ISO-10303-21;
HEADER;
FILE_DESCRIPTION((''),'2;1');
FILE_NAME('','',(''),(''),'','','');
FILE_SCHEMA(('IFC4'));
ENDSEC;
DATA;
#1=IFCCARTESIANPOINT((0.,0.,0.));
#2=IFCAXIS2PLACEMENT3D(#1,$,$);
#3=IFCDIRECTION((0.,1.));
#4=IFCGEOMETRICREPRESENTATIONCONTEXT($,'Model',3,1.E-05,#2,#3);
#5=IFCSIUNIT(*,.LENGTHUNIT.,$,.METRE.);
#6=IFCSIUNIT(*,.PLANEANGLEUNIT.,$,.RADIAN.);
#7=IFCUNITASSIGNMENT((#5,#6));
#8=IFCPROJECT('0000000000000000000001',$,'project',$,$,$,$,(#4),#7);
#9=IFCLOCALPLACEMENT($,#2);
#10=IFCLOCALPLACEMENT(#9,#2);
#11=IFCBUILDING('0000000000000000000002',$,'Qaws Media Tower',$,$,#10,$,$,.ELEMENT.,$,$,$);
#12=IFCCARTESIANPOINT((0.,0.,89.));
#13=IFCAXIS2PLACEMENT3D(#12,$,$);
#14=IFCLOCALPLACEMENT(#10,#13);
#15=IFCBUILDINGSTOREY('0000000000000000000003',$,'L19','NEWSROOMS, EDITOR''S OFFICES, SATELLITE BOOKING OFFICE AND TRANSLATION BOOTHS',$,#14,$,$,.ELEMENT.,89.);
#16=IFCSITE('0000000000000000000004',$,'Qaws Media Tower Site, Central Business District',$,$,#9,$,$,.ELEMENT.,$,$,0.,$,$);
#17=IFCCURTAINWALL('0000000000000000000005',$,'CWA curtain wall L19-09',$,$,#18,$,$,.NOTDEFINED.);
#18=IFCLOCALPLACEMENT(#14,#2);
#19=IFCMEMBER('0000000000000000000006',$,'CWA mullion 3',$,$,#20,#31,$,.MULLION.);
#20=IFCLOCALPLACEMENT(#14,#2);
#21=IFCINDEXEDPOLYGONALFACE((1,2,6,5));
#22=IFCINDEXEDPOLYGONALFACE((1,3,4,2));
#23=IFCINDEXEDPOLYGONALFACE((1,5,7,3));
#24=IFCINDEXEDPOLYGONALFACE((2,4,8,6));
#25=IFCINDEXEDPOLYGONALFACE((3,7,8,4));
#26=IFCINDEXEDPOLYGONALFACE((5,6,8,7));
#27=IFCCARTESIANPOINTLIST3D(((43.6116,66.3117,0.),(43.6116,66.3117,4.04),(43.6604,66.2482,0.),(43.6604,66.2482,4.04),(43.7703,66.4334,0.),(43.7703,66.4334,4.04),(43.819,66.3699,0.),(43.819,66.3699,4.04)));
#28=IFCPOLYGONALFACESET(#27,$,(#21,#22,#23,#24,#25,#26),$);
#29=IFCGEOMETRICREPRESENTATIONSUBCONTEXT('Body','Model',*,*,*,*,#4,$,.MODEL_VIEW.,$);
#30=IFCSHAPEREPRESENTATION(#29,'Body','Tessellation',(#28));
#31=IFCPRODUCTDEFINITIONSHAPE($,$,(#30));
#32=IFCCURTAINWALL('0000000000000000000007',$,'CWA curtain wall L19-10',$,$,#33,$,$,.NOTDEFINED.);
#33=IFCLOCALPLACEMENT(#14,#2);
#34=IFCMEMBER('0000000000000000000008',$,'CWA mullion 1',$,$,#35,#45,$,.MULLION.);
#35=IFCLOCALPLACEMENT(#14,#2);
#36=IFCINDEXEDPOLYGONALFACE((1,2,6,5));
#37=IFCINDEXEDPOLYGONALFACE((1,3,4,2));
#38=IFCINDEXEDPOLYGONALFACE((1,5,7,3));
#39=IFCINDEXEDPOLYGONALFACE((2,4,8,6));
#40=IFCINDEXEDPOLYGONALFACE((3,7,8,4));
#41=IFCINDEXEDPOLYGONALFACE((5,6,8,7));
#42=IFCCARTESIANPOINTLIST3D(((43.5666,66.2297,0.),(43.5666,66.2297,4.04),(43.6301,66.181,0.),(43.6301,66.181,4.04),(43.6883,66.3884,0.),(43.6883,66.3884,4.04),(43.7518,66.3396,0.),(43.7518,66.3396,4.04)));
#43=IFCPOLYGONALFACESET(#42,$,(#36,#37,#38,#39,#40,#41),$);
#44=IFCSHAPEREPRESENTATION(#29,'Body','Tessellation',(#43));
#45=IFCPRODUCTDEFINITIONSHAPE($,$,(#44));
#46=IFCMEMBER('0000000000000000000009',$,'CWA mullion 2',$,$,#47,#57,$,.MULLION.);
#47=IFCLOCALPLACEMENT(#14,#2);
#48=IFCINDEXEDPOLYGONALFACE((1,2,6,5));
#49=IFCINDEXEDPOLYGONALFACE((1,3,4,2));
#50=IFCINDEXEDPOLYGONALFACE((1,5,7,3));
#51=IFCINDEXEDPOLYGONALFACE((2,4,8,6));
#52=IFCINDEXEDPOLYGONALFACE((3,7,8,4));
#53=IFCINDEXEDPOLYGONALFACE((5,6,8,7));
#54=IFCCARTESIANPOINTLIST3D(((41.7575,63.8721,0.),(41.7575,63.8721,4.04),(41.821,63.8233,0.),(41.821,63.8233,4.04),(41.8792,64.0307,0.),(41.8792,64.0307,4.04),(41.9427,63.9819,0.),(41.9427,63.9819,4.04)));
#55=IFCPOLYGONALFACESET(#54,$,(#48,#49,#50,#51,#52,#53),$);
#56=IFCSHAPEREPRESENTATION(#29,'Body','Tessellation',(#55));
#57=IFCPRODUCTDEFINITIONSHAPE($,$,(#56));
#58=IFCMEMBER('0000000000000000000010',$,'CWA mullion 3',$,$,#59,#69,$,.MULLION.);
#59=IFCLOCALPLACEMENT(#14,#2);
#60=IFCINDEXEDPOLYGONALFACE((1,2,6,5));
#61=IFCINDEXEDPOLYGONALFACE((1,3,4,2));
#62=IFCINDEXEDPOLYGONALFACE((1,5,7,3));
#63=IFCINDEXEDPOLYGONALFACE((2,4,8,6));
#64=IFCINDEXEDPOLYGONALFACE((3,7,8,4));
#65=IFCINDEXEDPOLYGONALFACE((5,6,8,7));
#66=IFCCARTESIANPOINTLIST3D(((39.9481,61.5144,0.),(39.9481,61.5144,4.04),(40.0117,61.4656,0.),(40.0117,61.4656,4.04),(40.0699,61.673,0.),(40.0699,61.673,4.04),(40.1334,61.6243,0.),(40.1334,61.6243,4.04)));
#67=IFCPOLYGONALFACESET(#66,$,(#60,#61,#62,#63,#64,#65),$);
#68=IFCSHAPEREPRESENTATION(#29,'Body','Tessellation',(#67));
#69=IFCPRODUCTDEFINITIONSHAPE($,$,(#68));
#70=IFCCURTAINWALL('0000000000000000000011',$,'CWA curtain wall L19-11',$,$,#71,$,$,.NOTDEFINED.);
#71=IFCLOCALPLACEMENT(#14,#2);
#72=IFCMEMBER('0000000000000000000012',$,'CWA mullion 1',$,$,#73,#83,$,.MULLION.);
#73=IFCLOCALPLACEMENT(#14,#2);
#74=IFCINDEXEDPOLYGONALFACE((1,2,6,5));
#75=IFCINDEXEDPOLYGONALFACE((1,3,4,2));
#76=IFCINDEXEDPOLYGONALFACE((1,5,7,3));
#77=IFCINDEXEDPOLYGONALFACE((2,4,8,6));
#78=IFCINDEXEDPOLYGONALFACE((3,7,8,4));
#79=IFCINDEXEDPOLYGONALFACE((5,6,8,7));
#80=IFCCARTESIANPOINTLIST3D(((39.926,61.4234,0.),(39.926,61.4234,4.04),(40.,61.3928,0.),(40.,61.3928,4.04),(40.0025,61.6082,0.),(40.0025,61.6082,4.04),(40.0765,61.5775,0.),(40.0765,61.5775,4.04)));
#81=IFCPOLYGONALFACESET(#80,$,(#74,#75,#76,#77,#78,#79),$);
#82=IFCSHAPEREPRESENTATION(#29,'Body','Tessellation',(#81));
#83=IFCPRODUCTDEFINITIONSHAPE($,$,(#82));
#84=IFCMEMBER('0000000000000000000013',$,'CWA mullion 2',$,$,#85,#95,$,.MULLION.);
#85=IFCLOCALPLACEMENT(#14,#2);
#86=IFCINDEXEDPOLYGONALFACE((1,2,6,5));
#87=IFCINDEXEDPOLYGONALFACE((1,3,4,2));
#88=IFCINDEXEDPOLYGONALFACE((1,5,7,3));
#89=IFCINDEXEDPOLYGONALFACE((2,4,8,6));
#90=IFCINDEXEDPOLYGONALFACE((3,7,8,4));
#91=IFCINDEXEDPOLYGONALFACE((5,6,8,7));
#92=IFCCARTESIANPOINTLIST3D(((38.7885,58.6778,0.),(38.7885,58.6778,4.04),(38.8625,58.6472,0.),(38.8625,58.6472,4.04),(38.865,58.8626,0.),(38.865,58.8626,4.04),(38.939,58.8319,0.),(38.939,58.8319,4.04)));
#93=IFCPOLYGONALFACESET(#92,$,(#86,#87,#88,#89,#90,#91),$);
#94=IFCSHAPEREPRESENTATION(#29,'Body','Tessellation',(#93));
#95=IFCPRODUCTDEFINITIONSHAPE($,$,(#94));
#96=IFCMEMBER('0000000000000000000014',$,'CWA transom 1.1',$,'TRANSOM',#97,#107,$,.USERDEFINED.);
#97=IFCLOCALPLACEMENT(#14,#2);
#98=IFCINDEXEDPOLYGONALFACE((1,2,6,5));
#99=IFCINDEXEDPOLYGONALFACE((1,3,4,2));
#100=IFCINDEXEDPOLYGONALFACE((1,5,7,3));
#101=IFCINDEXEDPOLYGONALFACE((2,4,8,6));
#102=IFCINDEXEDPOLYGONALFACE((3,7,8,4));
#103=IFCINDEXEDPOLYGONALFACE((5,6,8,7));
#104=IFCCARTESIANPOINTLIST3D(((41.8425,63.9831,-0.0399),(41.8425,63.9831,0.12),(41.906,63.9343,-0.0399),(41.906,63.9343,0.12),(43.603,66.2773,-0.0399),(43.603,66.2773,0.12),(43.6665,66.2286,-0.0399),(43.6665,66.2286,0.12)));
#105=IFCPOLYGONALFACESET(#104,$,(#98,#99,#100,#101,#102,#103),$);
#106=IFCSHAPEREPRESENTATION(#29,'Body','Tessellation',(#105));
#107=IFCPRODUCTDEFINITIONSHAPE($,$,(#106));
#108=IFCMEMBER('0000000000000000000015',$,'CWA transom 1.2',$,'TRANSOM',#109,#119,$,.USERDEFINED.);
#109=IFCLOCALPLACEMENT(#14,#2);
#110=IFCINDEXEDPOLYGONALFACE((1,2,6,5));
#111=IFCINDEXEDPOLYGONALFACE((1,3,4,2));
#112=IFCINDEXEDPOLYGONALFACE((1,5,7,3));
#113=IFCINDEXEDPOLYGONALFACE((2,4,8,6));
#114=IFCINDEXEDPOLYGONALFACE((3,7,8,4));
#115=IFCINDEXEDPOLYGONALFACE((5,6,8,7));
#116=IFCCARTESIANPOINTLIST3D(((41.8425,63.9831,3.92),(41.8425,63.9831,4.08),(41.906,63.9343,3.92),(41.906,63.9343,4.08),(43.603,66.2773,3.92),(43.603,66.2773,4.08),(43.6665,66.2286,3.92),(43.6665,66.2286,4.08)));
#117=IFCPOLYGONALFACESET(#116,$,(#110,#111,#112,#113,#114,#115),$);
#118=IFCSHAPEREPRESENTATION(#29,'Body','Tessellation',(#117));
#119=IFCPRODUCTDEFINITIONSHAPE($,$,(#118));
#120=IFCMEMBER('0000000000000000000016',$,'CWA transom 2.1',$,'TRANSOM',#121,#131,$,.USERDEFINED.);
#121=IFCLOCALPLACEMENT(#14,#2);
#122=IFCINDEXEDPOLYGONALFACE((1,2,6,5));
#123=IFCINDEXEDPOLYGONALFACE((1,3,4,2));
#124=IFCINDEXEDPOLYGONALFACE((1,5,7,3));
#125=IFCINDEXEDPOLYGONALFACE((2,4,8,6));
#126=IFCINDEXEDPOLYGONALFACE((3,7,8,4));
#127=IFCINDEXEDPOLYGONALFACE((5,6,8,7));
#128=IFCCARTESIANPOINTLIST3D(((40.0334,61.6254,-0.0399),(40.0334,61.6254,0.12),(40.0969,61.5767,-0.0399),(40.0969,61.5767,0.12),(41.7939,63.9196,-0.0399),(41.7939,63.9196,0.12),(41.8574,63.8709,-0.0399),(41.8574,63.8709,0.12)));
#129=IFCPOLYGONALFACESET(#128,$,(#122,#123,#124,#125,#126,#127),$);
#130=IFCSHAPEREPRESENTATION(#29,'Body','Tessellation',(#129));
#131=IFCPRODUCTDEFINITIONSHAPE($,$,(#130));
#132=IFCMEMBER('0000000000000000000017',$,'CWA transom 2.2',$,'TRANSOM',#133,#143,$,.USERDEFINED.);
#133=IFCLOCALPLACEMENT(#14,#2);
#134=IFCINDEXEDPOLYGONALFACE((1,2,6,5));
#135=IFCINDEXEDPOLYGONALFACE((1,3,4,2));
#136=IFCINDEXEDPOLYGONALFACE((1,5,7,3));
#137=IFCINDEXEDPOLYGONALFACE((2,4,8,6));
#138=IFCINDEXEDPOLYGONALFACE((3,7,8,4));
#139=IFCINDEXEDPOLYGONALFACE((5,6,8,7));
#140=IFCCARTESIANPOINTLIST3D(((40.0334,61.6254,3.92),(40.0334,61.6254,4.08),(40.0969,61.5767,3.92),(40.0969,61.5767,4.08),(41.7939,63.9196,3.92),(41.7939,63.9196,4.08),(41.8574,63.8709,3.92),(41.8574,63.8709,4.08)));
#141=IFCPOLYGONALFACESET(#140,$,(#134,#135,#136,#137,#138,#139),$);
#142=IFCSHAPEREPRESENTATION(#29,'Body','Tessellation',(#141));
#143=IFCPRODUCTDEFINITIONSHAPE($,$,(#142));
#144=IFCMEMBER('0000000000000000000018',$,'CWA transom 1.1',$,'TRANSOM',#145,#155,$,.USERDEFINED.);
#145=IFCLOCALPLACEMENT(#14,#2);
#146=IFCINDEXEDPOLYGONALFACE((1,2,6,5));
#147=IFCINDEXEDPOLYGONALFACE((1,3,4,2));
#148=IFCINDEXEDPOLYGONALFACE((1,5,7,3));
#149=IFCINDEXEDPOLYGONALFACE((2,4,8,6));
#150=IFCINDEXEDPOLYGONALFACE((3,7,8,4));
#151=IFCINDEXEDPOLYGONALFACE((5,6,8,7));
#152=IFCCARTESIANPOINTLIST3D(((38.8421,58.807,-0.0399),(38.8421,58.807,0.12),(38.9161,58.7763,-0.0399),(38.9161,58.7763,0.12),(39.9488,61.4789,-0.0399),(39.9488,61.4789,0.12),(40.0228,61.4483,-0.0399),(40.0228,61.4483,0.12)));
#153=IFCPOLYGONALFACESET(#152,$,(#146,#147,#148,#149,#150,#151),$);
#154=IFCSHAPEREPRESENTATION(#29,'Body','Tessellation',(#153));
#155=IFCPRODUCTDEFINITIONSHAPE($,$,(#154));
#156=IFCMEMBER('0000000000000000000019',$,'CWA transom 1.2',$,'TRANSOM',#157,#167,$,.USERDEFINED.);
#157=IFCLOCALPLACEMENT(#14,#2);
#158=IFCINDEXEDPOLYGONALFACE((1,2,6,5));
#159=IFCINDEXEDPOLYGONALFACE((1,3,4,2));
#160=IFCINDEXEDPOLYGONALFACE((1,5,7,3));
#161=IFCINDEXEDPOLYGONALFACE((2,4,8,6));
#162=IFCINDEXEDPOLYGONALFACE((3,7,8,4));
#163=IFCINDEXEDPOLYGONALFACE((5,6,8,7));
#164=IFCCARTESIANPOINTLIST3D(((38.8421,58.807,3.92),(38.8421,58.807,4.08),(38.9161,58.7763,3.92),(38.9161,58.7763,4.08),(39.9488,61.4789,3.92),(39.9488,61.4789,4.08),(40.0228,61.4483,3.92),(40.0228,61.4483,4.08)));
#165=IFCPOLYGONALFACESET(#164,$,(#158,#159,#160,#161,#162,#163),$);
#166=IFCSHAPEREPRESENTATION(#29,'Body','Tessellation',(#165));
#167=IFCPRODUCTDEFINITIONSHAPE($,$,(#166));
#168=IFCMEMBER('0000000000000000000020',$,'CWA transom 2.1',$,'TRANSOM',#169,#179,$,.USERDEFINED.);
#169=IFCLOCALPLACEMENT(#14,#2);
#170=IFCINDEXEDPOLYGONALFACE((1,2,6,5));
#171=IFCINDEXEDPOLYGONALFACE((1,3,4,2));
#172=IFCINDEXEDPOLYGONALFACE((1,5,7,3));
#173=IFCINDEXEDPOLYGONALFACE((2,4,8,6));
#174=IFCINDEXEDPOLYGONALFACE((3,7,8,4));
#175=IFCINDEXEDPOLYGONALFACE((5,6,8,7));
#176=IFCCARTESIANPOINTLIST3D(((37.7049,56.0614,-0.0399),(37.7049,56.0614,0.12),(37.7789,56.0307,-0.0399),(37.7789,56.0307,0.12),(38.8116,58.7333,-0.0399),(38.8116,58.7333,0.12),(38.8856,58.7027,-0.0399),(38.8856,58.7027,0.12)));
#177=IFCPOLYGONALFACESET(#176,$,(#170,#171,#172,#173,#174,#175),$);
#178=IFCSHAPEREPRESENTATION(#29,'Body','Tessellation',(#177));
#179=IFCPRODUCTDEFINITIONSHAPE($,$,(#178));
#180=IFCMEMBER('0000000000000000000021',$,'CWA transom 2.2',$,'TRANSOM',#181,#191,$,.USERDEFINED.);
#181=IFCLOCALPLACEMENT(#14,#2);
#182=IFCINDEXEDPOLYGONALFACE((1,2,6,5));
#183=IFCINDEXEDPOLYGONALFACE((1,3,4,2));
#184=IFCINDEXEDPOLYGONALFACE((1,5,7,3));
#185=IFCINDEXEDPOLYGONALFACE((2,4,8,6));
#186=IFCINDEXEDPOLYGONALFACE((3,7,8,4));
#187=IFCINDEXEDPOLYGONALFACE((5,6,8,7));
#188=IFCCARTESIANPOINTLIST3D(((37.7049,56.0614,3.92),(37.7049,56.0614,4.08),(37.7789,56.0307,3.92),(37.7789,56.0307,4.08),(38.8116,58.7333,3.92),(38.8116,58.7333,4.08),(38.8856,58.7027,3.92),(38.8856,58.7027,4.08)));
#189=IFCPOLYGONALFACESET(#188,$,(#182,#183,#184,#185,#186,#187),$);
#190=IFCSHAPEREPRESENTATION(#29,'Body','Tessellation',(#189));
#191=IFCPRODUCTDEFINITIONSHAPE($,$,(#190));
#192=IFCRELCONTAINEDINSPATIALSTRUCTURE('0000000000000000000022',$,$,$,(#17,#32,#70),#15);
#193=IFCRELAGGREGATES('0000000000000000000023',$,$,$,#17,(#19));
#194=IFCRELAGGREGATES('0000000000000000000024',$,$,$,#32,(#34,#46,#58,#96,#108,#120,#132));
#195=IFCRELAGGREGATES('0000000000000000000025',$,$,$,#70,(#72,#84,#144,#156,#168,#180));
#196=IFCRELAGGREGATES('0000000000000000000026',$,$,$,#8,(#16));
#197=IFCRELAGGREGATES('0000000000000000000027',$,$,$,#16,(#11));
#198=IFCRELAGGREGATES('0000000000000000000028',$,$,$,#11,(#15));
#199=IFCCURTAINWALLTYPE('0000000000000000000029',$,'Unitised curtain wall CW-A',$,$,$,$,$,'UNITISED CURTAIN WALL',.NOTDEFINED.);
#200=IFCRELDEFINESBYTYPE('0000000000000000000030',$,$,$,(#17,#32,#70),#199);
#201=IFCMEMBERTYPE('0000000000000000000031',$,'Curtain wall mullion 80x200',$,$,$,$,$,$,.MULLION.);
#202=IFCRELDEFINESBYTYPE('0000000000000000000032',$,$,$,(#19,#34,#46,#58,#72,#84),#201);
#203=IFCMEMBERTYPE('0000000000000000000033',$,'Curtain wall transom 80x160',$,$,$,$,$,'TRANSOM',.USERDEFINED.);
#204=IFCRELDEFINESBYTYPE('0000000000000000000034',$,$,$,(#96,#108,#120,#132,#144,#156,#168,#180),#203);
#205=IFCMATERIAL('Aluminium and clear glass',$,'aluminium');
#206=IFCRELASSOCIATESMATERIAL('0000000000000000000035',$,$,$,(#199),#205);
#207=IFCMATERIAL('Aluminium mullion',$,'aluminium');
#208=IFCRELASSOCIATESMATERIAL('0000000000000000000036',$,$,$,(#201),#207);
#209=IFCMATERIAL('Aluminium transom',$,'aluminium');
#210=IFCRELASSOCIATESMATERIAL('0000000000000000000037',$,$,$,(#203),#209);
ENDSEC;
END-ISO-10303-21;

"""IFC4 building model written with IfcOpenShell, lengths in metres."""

from ifc_helpers import new_model, si_unit, direction, frame, origin, origin_2d, place, context, subcontext, project, spatial, rectangle, extrude, material, material_profile, profile_set, type_object, element, aggregate, save


model = new_model("IFC4")

# Units and contexts
model_context = context("Model", 3, precision=1e-05, world=origin(), true_north=direction((0.0, 1.0)))
body_context = subcontext(model_context, "Body", "Model", "MODEL_VIEW")
ifc_project = project(units=[si_unit("LENGTHUNIT", "METRE"), si_unit("PLANEANGLEUNIT", "RADIAN")], contexts=[model_context])

# Site, building, storey
site_placement = place(None, origin())
site = spatial("IfcSite", under=ifc_project, at=site_placement, Name="Qaws Media Tower Site, Central Business District", CompositionType="ELEMENT", RefElevation=0.0)
building_placement = place(site_placement, origin())
building = spatial("IfcBuilding", under=site, at=building_placement, Name="Qaws Media Tower", CompositionType="ELEMENT")
storey_placement = place(building_placement, frame((0.0, 0.0, 89.0)))
storey = spatial("IfcBuildingStorey", under=building, at=storey_placement, Name="L19", Description="NEWSROOMS, EDITOR'S OFFICES, SATELLITE BOOKING OFFICE AND TRANSLATION BOOTHS", CompositionType="ELEMENT", Elevation=89.0)

# Curtain wall, member
ifc_material_1 = material(Name="Aluminium and clear glass", Category="aluminium")
curtain_wall_type = type_object("IfcCurtainWallType", Name="Unitised curtain wall CW-A", ElementType="UNITISED CURTAIN WALL", PredefinedType="NOTDEFINED", material=ifc_material_1)
curtain_wall_1_placement = place(storey_placement, origin())
curtain_wall_1 = element("IfcCurtainWall", 1, at=curtain_wall_1_placement, inside=storey, type_object=curtain_wall_type, Name="CWA curtain wall L19-09", PredefinedType="NOTDEFINED")
ifc_material_2 = material(Name="Aluminium mullion", Category="aluminium")
ifc_material_profile_1 = material_profile(ifc_material_2, rectangle(XDim=0.0801, YDim=0.2, at=origin_2d()), Name="80x200")
ifc_profile_set_1 = profile_set([ifc_material_profile_1], Name="Aluminium mullion")
member_type_1 = type_object("IfcMemberType", Name="Curtain wall mullion 80x200", PredefinedType="MULLION", material=ifc_profile_set_1)
member_1_placement = place(storey_placement, frame((43.7153, 66.3408, 0.0), z_axis=(0.0, 0.0, 1.0), x_axis=(0.608761, -0.793353, 0.0)))
member_1 = element("IfcMember", 2, at=member_1_placement, type_object=member_type_1, Name="CWA mullion 3", PredefinedType="MULLION", context=body_context, shape_type="SweptSolid", body=[
    extrude(rectangle(XDim=0.0801, YDim=0.2, at=origin_2d()), origin(), (0.0, 0.0, 1.0), 4.04),
])

# Curtain walls, members
curtain_wall_2_placement = place(storey_placement, origin())
curtain_wall_2 = element("IfcCurtainWall", 3, at=curtain_wall_2_placement, inside=storey, type_object=curtain_wall_type, Name="CWA curtain wall L19-10", PredefinedType="NOTDEFINED")
member_2_placement = place(storey_placement, frame((43.6592, 66.2847, 0.0), z_axis=(0.0, 0.0, 1.0), x_axis=(0.793353, -0.608761, 0.0)))
member_2 = element("IfcMember", 4, at=member_2_placement, type_object=member_type_1, Name="CWA mullion 1", PredefinedType="MULLION", context=body_context, shape_type="SweptSolid", body=[
    extrude(rectangle(XDim=0.0801, YDim=0.2, at=origin_2d()), origin(), (0.0, 0.0, 1.0), 4.04),
])
member_3_placement = place(storey_placement, frame((41.8501, 63.927, 0.0), z_axis=(0.0, 0.0, 1.0), x_axis=(0.793353, -0.608761, 0.0)))
member_3 = element("IfcMember", 5, at=member_3_placement, type_object=member_type_1, Name="CWA mullion 2", PredefinedType="MULLION", context=body_context, shape_type="SweptSolid", body=[
    extrude(rectangle(XDim=0.0801, YDim=0.2, at=origin_2d()), origin(), (0.0, 0.0, 1.0), 4.04),
])
member_4_placement = place(storey_placement, frame((40.0408, 61.5693, 0.0), z_axis=(0.0, 0.0, 1.0), x_axis=(0.793353, -0.608761, 0.0)))
member_4 = element("IfcMember", 6, at=member_4_placement, type_object=member_type_1, Name="CWA mullion 3", PredefinedType="MULLION", context=body_context, shape_type="SweptSolid", body=[
    extrude(rectangle(XDim=0.0801, YDim=0.2, at=origin_2d()), origin(), (0.0, 0.0, 1.0), 4.04),
])
curtain_wall_3_placement = place(storey_placement, origin())
curtain_wall_3 = element("IfcCurtainWall", 7, at=curtain_wall_3_placement, inside=storey, type_object=curtain_wall_type, Name="CWA curtain wall L19-11", PredefinedType="NOTDEFINED")
member_5_placement = place(storey_placement, frame((40.0012, 61.5005, 0.0), z_axis=(0.0, 0.0, 1.0), x_axis=(0.92388, -0.382683, 0.0)))
member_5 = element("IfcMember", 8, at=member_5_placement, type_object=member_type_1, Name="CWA mullion 1", PredefinedType="MULLION", context=body_context, shape_type="SweptSolid", body=[
    extrude(rectangle(XDim=0.0801, YDim=0.2, at=origin_2d()), origin(), (0.0, 0.0, 1.0), 4.04),
])
member_6_placement = place(storey_placement, frame((38.8638, 58.7549, 0.0), z_axis=(0.0, 0.0, 1.0), x_axis=(0.92388, -0.382683, 0.0)))
member_6 = element("IfcMember", 9, at=member_6_placement, type_object=member_type_1, Name="CWA mullion 2", PredefinedType="MULLION", context=body_context, shape_type="SweptSolid", body=[
    extrude(rectangle(XDim=0.0801, YDim=0.2, at=origin_2d()), origin(), (0.0, 0.0, 1.0), 4.04),
])

# Members
ifc_material_3 = material(Name="Aluminium transom", Category="aluminium")
ifc_material_profile_2 = material_profile(ifc_material_3, rectangle(XDim=0.0801, YDim=0.1599, at=origin_2d()), Name="80x160")
ifc_profile_set_2 = profile_set([ifc_material_profile_2], Name="Aluminium transom")
member_type_2 = type_object("IfcMemberType", Name="Curtain wall transom 80x160", ElementType="TRANSOM", PredefinedType="USERDEFINED", material=ifc_profile_set_2)
member_7_placement = place(storey_placement, frame((43.6348, 66.2529, 0.04), z_axis=(-0.608784, -0.793336, 0.0), x_axis=(0.793336, -0.608784, 0.0)))
member_7 = element("IfcMember", 10, at=member_7_placement, type_object=member_type_2, Name="CWA transom 1.1", ObjectType="TRANSOM", PredefinedType="USERDEFINED", context=body_context, shape_type="SweptSolid", body=[
    extrude(rectangle(XDim=0.0801, YDim=0.1599, at=origin_2d()), origin(), (0.0, 0.0, 1.0), 2.8918),
])
member_8_placement = place(storey_placement, frame((43.6348, 66.2529, 4.0), z_axis=(-0.608784, -0.793336, 0.0), x_axis=(0.793336, -0.608784, 0.0)))
member_8 = element("IfcMember", 11, at=member_8_placement, type_object=member_type_2, Name="CWA transom 1.2", ObjectType="TRANSOM", PredefinedType="USERDEFINED", context=body_context, shape_type="SweptSolid", body=[
    extrude(rectangle(XDim=0.0801, YDim=0.1599, at=origin_2d()), origin(), (0.0, 0.0, 1.0), 2.8918),
])
member_9_placement = place(storey_placement, frame((41.8257, 63.8953, 0.04), z_axis=(-0.608784, -0.793336, 0.0), x_axis=(0.793336, -0.608784, 0.0)))
member_9 = element("IfcMember", 12, at=member_9_placement, type_object=member_type_2, Name="CWA transom 2.1", ObjectType="TRANSOM", PredefinedType="USERDEFINED", context=body_context, shape_type="SweptSolid", body=[
    extrude(rectangle(XDim=0.0801, YDim=0.1599, at=origin_2d()), origin(), (0.0, 0.0, 1.0), 2.8918),
])
member_10_placement = place(storey_placement, frame((41.8257, 63.8953, 4.0), z_axis=(-0.608784, -0.793336, 0.0), x_axis=(0.793336, -0.608784, 0.0)))
member_10 = element("IfcMember", 13, at=member_10_placement, type_object=member_type_2, Name="CWA transom 2.2", ObjectType="TRANSOM", PredefinedType="USERDEFINED", context=body_context, shape_type="SweptSolid", body=[
    extrude(rectangle(XDim=0.0801, YDim=0.1599, at=origin_2d()), origin(), (0.0, 0.0, 1.0), 2.8918),
])
member_11_placement = place(storey_placement, frame((39.9858, 61.4636, 0.04), z_axis=(-0.382672, -0.923884, 0.0), x_axis=(0.923884, -0.382672, 0.0)))
member_11 = element("IfcMember", 14, at=member_11_placement, type_object=member_type_2, Name="CWA transom 1.1", ObjectType="TRANSOM", PredefinedType="USERDEFINED", context=body_context, shape_type="SweptSolid", body=[
    extrude(rectangle(XDim=0.0801, YDim=0.1599, at=origin_2d()), origin(), (0.0, 0.0, 1.0), 2.8921),
])
member_12_placement = place(storey_placement, frame((39.9858, 61.4636, 4.0), z_axis=(-0.382672, -0.923884, 0.0), x_axis=(0.923884, -0.382672, 0.0)))
member_12 = element("IfcMember", 15, at=member_12_placement, type_object=member_type_2, Name="CWA transom 1.2", ObjectType="TRANSOM", PredefinedType="USERDEFINED", context=body_context, shape_type="SweptSolid", body=[
    extrude(rectangle(XDim=0.0801, YDim=0.1599, at=origin_2d()), origin(), (0.0, 0.0, 1.0), 2.8921),
])
member_13_placement = place(storey_placement, frame((38.8486, 58.718, 0.04), z_axis=(-0.382672, -0.923884, 0.0), x_axis=(0.923884, -0.382672, 0.0)))
member_13 = element("IfcMember", 16, at=member_13_placement, type_object=member_type_2, Name="CWA transom 2.1", ObjectType="TRANSOM", PredefinedType="USERDEFINED", context=body_context, shape_type="SweptSolid", body=[
    extrude(rectangle(XDim=0.0801, YDim=0.1599, at=origin_2d()), origin(), (0.0, 0.0, 1.0), 2.8921),
])
member_14_placement = place(storey_placement, frame((38.8486, 58.718, 4.0), z_axis=(-0.382672, -0.923884, 0.0), x_axis=(0.923884, -0.382672, 0.0)))
member_14 = element("IfcMember", 17, at=member_14_placement, type_object=member_type_2, Name="CWA transom 2.2", ObjectType="TRANSOM", PredefinedType="USERDEFINED", context=body_context, shape_type="SweptSolid", body=[
    extrude(rectangle(XDim=0.0801, YDim=0.1599, at=origin_2d()), origin(), (0.0, 0.0, 1.0), 2.8921),
])

aggregate(curtain_wall_1, [member_1])
aggregate(curtain_wall_2, [member_2, member_3, member_4, member_7, member_8, member_9, member_10])
aggregate(curtain_wall_3, [member_5, member_6, member_11, member_12, member_13, member_14])

save(model, "model.ifc")
